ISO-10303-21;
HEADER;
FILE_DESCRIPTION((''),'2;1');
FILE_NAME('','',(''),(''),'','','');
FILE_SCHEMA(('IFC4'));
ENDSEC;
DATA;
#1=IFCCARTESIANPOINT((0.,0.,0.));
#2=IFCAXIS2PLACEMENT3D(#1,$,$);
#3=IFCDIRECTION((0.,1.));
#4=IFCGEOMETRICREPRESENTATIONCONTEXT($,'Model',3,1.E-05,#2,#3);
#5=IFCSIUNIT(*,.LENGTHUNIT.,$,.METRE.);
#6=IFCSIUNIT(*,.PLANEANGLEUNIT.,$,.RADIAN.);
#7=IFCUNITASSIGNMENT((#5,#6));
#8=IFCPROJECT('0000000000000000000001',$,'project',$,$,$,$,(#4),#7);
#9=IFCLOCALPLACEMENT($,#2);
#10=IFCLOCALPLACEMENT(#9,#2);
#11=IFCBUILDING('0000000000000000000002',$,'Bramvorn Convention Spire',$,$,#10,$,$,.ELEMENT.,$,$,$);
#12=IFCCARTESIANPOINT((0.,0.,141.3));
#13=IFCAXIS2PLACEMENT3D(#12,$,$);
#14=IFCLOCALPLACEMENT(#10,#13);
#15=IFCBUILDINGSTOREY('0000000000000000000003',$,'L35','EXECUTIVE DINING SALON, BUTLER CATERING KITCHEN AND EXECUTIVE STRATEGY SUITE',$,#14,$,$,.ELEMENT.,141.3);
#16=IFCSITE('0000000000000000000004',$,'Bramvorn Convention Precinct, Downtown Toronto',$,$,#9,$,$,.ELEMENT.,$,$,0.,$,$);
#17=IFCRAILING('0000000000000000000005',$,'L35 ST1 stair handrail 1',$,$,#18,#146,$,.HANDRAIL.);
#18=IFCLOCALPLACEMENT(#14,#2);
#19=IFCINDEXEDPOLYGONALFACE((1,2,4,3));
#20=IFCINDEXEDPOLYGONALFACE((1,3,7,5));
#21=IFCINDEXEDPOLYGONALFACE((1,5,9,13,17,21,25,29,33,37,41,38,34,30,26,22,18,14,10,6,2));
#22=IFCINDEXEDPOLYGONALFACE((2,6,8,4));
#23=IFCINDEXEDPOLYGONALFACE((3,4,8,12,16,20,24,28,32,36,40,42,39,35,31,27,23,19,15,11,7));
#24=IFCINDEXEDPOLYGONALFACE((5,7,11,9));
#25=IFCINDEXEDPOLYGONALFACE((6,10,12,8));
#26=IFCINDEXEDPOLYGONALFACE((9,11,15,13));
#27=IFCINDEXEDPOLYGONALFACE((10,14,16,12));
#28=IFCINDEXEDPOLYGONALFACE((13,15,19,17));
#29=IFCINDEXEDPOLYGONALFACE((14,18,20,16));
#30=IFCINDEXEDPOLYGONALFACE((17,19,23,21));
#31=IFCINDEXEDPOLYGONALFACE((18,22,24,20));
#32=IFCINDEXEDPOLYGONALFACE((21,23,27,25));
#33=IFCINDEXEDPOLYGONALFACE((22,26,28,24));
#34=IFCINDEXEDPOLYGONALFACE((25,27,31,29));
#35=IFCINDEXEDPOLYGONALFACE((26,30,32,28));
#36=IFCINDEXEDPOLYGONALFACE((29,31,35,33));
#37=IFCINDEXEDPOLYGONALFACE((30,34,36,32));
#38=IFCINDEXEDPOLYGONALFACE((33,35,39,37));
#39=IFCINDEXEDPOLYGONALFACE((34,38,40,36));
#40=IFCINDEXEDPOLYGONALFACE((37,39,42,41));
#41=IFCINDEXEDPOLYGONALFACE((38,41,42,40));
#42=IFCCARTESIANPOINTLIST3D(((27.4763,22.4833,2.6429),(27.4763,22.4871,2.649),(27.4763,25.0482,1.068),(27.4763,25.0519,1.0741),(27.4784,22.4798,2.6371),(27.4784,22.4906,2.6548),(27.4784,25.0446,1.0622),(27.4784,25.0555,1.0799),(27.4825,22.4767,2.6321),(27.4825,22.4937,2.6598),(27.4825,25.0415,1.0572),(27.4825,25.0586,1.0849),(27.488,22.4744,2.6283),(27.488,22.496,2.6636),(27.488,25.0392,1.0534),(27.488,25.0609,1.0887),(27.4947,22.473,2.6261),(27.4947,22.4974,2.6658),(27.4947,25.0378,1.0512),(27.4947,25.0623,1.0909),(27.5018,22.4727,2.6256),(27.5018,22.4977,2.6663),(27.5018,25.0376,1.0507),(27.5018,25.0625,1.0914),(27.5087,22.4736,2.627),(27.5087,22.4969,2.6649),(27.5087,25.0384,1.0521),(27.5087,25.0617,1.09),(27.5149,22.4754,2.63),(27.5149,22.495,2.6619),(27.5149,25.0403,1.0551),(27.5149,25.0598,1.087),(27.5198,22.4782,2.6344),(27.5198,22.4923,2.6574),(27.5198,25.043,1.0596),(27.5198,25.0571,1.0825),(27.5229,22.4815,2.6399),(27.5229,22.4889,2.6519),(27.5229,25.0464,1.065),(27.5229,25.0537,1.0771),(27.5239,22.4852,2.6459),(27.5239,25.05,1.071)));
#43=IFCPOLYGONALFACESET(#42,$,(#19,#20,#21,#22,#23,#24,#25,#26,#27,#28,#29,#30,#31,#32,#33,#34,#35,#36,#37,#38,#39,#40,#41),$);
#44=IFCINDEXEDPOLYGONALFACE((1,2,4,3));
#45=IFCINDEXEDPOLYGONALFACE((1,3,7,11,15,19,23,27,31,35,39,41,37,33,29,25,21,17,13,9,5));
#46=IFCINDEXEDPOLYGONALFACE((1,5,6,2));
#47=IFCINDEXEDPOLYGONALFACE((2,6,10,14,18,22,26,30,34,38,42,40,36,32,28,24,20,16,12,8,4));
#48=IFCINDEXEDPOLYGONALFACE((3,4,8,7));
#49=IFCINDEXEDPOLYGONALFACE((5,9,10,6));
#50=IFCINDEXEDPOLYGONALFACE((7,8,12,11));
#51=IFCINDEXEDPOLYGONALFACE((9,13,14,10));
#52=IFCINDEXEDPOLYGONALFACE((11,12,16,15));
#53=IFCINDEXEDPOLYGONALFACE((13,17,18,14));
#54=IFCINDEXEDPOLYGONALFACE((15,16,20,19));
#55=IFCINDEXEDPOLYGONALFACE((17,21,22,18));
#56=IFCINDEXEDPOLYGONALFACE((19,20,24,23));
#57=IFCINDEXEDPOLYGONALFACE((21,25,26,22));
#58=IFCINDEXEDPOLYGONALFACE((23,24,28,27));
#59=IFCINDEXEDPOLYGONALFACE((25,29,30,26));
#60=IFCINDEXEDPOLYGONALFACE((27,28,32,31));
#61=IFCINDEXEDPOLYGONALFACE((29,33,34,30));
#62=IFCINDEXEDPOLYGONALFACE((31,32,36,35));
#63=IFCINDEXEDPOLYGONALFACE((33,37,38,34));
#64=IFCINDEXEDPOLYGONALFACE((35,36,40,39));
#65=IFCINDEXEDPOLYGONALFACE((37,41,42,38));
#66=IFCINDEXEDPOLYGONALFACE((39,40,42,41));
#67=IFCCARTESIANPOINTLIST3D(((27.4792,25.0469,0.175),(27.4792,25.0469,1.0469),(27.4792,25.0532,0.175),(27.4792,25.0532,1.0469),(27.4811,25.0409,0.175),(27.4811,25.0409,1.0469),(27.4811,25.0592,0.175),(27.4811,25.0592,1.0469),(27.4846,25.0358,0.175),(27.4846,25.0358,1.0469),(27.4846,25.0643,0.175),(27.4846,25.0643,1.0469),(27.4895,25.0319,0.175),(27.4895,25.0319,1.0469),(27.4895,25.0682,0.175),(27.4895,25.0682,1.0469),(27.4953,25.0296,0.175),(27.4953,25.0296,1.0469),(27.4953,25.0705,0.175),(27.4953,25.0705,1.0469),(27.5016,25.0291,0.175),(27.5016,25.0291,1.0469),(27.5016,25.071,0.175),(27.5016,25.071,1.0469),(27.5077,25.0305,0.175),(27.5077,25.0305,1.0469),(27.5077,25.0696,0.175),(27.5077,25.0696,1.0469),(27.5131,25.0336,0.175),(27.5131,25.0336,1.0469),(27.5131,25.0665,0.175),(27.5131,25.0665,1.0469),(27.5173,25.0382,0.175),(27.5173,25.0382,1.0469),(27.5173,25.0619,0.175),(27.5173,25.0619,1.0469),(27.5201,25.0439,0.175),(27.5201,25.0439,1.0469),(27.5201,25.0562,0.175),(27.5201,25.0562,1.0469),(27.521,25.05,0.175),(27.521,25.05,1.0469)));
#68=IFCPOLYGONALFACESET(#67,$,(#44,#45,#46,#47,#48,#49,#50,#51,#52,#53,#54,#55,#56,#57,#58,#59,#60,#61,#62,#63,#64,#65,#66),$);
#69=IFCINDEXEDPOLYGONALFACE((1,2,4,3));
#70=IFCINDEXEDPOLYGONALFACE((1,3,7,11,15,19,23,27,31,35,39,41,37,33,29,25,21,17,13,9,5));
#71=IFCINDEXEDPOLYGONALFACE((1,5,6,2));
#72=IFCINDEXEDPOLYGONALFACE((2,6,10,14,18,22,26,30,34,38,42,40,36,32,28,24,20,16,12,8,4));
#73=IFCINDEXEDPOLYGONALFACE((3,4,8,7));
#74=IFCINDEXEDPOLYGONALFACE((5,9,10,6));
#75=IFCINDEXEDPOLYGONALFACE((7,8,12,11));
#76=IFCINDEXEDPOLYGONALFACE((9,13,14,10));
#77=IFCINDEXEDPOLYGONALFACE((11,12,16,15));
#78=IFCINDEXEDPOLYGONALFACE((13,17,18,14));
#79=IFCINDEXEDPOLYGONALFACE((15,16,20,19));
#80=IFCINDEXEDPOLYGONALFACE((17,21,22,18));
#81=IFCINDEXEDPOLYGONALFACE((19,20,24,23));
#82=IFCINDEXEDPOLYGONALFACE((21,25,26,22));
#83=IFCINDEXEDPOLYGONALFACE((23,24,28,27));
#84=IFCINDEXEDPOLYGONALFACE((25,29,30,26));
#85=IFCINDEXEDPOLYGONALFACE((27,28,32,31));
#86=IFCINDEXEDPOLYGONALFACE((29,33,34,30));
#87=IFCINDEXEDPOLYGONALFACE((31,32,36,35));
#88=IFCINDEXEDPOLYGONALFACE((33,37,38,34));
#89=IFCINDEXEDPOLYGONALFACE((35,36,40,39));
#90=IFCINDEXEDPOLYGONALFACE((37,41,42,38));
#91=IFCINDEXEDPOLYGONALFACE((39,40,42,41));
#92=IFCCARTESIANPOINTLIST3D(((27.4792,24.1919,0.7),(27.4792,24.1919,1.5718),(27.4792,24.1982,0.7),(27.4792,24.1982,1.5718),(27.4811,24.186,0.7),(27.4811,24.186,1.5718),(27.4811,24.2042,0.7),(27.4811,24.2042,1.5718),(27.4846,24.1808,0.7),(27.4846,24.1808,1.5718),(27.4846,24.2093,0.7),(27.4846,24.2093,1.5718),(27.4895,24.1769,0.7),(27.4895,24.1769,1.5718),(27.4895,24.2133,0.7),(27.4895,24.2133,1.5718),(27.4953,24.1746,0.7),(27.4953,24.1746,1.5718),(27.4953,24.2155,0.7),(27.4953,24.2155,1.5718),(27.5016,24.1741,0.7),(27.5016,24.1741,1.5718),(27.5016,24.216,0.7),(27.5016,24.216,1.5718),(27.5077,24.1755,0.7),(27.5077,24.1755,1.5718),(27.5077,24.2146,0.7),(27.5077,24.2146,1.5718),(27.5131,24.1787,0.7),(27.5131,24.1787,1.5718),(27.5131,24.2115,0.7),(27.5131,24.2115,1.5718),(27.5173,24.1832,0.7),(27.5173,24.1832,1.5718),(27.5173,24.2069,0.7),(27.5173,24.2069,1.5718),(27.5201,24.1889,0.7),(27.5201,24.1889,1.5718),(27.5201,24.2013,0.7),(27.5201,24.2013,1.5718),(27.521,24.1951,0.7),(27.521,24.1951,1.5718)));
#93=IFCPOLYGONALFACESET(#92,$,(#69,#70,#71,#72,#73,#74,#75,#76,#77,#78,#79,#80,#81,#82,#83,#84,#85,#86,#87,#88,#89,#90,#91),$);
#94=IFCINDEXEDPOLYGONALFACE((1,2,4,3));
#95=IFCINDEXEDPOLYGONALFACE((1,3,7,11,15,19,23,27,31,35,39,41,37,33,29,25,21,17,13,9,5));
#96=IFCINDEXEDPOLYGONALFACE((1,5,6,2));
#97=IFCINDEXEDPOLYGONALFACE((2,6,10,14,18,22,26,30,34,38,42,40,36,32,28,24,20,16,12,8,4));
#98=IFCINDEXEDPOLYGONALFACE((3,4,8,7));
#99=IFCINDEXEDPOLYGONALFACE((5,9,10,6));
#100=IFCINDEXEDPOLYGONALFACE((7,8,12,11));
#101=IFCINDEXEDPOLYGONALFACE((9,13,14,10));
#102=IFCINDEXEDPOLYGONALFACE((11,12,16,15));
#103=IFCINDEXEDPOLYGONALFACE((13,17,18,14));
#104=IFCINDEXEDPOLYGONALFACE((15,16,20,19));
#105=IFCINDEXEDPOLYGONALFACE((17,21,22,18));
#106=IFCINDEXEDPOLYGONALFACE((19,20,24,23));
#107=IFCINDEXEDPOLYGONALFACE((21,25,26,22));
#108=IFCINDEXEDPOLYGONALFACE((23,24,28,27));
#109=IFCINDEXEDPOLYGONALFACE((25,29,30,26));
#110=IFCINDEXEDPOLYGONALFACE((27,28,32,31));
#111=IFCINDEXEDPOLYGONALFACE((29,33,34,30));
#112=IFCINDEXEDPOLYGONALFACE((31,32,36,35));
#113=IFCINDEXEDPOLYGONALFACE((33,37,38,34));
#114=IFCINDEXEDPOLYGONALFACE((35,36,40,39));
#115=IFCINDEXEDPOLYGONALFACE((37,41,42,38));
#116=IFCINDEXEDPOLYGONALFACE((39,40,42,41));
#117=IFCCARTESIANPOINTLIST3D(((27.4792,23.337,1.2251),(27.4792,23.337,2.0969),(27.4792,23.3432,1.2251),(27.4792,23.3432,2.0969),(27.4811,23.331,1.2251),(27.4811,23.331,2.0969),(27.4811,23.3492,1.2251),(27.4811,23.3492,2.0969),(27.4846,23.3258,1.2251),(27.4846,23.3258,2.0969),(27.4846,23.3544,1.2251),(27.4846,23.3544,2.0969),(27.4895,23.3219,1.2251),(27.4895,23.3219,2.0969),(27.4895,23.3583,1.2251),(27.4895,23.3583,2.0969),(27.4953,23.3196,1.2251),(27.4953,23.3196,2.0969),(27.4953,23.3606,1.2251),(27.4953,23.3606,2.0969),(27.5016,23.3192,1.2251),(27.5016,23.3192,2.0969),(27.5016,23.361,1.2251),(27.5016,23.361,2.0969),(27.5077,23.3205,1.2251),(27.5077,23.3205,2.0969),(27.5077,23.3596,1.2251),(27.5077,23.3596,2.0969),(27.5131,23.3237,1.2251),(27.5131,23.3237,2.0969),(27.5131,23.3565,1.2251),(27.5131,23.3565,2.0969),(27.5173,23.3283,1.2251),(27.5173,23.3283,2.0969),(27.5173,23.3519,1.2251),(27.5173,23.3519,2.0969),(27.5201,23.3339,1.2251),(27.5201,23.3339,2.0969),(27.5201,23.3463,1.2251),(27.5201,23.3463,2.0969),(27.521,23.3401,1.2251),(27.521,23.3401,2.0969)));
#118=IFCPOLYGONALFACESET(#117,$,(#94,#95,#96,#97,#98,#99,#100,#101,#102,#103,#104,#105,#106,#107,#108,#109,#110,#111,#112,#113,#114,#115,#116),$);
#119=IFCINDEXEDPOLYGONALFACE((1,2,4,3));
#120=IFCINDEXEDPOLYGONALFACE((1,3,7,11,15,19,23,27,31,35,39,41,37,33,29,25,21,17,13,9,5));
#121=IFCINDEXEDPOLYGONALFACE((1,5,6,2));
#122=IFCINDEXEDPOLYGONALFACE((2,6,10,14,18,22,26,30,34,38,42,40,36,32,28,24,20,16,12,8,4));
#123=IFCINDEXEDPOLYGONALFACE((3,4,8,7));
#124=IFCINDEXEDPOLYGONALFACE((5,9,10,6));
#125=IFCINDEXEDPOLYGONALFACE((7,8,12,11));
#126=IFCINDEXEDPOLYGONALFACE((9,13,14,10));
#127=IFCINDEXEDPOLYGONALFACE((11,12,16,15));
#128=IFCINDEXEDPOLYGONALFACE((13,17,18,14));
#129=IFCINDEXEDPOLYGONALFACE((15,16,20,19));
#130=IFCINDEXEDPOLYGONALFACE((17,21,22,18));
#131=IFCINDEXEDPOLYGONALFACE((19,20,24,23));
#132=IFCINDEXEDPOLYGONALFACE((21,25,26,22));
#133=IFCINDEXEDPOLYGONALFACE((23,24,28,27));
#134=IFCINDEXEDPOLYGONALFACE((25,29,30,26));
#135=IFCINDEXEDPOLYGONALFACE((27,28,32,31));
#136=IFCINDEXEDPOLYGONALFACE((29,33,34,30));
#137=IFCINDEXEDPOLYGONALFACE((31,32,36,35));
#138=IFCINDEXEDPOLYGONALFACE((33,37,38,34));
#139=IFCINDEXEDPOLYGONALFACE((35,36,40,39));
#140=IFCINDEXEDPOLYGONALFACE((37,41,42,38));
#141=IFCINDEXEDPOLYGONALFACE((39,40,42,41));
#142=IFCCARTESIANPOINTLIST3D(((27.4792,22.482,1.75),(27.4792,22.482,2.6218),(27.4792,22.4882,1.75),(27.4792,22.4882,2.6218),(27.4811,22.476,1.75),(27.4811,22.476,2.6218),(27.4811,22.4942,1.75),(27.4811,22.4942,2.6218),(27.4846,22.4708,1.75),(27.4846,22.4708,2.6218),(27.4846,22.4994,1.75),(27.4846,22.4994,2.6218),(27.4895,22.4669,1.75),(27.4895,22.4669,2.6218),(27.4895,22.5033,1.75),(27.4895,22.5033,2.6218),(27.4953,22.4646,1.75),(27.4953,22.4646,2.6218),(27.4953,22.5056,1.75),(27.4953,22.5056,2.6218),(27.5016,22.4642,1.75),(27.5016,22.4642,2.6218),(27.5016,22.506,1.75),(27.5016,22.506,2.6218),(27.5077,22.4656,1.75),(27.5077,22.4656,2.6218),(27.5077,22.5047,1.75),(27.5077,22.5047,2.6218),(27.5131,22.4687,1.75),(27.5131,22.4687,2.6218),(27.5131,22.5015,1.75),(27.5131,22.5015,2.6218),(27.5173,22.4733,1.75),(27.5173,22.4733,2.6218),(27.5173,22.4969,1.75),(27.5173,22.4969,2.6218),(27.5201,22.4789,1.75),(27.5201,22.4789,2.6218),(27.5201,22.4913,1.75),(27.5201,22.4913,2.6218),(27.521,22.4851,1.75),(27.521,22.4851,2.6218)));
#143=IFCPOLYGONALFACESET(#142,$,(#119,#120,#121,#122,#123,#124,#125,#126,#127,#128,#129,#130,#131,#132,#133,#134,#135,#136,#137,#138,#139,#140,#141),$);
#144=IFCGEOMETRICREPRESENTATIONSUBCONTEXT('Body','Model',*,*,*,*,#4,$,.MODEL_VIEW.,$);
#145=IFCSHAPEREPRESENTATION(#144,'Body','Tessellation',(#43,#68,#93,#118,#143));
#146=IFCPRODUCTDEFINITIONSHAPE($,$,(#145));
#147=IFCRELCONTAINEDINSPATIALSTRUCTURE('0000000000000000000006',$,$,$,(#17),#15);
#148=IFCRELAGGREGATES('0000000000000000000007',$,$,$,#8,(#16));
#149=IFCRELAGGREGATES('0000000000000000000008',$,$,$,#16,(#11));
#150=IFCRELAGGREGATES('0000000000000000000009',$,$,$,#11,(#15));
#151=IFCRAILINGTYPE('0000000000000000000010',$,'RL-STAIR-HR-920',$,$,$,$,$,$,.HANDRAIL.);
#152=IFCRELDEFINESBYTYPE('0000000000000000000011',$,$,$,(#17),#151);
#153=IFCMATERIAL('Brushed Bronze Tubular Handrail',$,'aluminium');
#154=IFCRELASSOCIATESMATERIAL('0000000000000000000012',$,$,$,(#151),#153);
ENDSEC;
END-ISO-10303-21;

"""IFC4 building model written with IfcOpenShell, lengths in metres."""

from ifc_helpers import new_model, si_unit, direction, frame, origin, origin_2d, place, context, subcontext, project, spatial, circle, extrude, material, type_object, element, save


model = new_model("IFC4")

# Units and contexts
model_context = context("Model", 3, precision=1e-05, world=origin(), true_north=direction((0.0, 1.0)))
body_context = subcontext(model_context, "Body", "Model", "MODEL_VIEW")
ifc_project = project(units=[si_unit("LENGTHUNIT", "METRE"), si_unit("PLANEANGLEUNIT", "RADIAN")], contexts=[model_context])

# Site, building, storey
site_placement = place(None, origin())
site = spatial("IfcSite", under=ifc_project, at=site_placement, Name="Bramvorn Convention Precinct, Downtown Toronto", CompositionType="ELEMENT", RefElevation=0.0)
building_placement = place(site_placement, origin())
building = spatial("IfcBuilding", under=site, at=building_placement, Name="Bramvorn Convention Spire", CompositionType="ELEMENT")
storey_placement = place(building_placement, frame((0.0, 0.0, 141.3)))
storey = spatial("IfcBuildingStorey", under=building, at=storey_placement, Name="L35", Description="EXECUTIVE DINING SALON, BUTLER CATERING KITCHEN AND EXECUTIVE STRATEGY SUITE", CompositionType="ELEMENT", Elevation=141.3)

# Railing
ifc_material_1 = material(Name="Brushed Bronze Tubular Handrail", Category="aluminium")
railing_type_1 = type_object("IfcRailingType", Name="RL-STAIR-HR-920", PredefinedType="HANDRAIL", material=ifc_material_1)
railing_1_placement = place(storey_placement, frame((27.5, 25.05, 0.175)))
element("IfcRailing", 1, at=railing_1_placement, inside=storey, type_object=railing_type_1, Name="L35 ST1 stair handrail 1", PredefinedType="HANDRAIL", context=body_context, shape_type="SweptSolid", body=[
    extrude(circle(Radius=0.0239, at=origin_2d()), frame((0.0, 0.0, 0.896), z_axis=(0.0, -0.852173, 0.52326), x_axis=(1.0, 0.0, 0.0)), (0.0, 0.0, 1.0), 3.0098),
    extrude(circle(Radius=0.021, at=origin_2d()), origin(), (0.0, 0.0, 1.0), 0.8718),
    extrude(circle(Radius=0.021, at=origin_2d()), frame((0.0, -0.855, 0.5249)), (0.0, 0.0, 1.0), 0.8718),
    extrude(circle(Radius=0.021, at=origin_2d()), frame((0.0, -1.71, 1.05)), (0.0, 0.0, 1.0), 0.8718),
    extrude(circle(Radius=0.021, at=origin_2d()), frame((0.0, -2.5649, 1.575)), (0.0, 0.0, 1.0), 0.8718),
])

save(model, "model.ifc")
